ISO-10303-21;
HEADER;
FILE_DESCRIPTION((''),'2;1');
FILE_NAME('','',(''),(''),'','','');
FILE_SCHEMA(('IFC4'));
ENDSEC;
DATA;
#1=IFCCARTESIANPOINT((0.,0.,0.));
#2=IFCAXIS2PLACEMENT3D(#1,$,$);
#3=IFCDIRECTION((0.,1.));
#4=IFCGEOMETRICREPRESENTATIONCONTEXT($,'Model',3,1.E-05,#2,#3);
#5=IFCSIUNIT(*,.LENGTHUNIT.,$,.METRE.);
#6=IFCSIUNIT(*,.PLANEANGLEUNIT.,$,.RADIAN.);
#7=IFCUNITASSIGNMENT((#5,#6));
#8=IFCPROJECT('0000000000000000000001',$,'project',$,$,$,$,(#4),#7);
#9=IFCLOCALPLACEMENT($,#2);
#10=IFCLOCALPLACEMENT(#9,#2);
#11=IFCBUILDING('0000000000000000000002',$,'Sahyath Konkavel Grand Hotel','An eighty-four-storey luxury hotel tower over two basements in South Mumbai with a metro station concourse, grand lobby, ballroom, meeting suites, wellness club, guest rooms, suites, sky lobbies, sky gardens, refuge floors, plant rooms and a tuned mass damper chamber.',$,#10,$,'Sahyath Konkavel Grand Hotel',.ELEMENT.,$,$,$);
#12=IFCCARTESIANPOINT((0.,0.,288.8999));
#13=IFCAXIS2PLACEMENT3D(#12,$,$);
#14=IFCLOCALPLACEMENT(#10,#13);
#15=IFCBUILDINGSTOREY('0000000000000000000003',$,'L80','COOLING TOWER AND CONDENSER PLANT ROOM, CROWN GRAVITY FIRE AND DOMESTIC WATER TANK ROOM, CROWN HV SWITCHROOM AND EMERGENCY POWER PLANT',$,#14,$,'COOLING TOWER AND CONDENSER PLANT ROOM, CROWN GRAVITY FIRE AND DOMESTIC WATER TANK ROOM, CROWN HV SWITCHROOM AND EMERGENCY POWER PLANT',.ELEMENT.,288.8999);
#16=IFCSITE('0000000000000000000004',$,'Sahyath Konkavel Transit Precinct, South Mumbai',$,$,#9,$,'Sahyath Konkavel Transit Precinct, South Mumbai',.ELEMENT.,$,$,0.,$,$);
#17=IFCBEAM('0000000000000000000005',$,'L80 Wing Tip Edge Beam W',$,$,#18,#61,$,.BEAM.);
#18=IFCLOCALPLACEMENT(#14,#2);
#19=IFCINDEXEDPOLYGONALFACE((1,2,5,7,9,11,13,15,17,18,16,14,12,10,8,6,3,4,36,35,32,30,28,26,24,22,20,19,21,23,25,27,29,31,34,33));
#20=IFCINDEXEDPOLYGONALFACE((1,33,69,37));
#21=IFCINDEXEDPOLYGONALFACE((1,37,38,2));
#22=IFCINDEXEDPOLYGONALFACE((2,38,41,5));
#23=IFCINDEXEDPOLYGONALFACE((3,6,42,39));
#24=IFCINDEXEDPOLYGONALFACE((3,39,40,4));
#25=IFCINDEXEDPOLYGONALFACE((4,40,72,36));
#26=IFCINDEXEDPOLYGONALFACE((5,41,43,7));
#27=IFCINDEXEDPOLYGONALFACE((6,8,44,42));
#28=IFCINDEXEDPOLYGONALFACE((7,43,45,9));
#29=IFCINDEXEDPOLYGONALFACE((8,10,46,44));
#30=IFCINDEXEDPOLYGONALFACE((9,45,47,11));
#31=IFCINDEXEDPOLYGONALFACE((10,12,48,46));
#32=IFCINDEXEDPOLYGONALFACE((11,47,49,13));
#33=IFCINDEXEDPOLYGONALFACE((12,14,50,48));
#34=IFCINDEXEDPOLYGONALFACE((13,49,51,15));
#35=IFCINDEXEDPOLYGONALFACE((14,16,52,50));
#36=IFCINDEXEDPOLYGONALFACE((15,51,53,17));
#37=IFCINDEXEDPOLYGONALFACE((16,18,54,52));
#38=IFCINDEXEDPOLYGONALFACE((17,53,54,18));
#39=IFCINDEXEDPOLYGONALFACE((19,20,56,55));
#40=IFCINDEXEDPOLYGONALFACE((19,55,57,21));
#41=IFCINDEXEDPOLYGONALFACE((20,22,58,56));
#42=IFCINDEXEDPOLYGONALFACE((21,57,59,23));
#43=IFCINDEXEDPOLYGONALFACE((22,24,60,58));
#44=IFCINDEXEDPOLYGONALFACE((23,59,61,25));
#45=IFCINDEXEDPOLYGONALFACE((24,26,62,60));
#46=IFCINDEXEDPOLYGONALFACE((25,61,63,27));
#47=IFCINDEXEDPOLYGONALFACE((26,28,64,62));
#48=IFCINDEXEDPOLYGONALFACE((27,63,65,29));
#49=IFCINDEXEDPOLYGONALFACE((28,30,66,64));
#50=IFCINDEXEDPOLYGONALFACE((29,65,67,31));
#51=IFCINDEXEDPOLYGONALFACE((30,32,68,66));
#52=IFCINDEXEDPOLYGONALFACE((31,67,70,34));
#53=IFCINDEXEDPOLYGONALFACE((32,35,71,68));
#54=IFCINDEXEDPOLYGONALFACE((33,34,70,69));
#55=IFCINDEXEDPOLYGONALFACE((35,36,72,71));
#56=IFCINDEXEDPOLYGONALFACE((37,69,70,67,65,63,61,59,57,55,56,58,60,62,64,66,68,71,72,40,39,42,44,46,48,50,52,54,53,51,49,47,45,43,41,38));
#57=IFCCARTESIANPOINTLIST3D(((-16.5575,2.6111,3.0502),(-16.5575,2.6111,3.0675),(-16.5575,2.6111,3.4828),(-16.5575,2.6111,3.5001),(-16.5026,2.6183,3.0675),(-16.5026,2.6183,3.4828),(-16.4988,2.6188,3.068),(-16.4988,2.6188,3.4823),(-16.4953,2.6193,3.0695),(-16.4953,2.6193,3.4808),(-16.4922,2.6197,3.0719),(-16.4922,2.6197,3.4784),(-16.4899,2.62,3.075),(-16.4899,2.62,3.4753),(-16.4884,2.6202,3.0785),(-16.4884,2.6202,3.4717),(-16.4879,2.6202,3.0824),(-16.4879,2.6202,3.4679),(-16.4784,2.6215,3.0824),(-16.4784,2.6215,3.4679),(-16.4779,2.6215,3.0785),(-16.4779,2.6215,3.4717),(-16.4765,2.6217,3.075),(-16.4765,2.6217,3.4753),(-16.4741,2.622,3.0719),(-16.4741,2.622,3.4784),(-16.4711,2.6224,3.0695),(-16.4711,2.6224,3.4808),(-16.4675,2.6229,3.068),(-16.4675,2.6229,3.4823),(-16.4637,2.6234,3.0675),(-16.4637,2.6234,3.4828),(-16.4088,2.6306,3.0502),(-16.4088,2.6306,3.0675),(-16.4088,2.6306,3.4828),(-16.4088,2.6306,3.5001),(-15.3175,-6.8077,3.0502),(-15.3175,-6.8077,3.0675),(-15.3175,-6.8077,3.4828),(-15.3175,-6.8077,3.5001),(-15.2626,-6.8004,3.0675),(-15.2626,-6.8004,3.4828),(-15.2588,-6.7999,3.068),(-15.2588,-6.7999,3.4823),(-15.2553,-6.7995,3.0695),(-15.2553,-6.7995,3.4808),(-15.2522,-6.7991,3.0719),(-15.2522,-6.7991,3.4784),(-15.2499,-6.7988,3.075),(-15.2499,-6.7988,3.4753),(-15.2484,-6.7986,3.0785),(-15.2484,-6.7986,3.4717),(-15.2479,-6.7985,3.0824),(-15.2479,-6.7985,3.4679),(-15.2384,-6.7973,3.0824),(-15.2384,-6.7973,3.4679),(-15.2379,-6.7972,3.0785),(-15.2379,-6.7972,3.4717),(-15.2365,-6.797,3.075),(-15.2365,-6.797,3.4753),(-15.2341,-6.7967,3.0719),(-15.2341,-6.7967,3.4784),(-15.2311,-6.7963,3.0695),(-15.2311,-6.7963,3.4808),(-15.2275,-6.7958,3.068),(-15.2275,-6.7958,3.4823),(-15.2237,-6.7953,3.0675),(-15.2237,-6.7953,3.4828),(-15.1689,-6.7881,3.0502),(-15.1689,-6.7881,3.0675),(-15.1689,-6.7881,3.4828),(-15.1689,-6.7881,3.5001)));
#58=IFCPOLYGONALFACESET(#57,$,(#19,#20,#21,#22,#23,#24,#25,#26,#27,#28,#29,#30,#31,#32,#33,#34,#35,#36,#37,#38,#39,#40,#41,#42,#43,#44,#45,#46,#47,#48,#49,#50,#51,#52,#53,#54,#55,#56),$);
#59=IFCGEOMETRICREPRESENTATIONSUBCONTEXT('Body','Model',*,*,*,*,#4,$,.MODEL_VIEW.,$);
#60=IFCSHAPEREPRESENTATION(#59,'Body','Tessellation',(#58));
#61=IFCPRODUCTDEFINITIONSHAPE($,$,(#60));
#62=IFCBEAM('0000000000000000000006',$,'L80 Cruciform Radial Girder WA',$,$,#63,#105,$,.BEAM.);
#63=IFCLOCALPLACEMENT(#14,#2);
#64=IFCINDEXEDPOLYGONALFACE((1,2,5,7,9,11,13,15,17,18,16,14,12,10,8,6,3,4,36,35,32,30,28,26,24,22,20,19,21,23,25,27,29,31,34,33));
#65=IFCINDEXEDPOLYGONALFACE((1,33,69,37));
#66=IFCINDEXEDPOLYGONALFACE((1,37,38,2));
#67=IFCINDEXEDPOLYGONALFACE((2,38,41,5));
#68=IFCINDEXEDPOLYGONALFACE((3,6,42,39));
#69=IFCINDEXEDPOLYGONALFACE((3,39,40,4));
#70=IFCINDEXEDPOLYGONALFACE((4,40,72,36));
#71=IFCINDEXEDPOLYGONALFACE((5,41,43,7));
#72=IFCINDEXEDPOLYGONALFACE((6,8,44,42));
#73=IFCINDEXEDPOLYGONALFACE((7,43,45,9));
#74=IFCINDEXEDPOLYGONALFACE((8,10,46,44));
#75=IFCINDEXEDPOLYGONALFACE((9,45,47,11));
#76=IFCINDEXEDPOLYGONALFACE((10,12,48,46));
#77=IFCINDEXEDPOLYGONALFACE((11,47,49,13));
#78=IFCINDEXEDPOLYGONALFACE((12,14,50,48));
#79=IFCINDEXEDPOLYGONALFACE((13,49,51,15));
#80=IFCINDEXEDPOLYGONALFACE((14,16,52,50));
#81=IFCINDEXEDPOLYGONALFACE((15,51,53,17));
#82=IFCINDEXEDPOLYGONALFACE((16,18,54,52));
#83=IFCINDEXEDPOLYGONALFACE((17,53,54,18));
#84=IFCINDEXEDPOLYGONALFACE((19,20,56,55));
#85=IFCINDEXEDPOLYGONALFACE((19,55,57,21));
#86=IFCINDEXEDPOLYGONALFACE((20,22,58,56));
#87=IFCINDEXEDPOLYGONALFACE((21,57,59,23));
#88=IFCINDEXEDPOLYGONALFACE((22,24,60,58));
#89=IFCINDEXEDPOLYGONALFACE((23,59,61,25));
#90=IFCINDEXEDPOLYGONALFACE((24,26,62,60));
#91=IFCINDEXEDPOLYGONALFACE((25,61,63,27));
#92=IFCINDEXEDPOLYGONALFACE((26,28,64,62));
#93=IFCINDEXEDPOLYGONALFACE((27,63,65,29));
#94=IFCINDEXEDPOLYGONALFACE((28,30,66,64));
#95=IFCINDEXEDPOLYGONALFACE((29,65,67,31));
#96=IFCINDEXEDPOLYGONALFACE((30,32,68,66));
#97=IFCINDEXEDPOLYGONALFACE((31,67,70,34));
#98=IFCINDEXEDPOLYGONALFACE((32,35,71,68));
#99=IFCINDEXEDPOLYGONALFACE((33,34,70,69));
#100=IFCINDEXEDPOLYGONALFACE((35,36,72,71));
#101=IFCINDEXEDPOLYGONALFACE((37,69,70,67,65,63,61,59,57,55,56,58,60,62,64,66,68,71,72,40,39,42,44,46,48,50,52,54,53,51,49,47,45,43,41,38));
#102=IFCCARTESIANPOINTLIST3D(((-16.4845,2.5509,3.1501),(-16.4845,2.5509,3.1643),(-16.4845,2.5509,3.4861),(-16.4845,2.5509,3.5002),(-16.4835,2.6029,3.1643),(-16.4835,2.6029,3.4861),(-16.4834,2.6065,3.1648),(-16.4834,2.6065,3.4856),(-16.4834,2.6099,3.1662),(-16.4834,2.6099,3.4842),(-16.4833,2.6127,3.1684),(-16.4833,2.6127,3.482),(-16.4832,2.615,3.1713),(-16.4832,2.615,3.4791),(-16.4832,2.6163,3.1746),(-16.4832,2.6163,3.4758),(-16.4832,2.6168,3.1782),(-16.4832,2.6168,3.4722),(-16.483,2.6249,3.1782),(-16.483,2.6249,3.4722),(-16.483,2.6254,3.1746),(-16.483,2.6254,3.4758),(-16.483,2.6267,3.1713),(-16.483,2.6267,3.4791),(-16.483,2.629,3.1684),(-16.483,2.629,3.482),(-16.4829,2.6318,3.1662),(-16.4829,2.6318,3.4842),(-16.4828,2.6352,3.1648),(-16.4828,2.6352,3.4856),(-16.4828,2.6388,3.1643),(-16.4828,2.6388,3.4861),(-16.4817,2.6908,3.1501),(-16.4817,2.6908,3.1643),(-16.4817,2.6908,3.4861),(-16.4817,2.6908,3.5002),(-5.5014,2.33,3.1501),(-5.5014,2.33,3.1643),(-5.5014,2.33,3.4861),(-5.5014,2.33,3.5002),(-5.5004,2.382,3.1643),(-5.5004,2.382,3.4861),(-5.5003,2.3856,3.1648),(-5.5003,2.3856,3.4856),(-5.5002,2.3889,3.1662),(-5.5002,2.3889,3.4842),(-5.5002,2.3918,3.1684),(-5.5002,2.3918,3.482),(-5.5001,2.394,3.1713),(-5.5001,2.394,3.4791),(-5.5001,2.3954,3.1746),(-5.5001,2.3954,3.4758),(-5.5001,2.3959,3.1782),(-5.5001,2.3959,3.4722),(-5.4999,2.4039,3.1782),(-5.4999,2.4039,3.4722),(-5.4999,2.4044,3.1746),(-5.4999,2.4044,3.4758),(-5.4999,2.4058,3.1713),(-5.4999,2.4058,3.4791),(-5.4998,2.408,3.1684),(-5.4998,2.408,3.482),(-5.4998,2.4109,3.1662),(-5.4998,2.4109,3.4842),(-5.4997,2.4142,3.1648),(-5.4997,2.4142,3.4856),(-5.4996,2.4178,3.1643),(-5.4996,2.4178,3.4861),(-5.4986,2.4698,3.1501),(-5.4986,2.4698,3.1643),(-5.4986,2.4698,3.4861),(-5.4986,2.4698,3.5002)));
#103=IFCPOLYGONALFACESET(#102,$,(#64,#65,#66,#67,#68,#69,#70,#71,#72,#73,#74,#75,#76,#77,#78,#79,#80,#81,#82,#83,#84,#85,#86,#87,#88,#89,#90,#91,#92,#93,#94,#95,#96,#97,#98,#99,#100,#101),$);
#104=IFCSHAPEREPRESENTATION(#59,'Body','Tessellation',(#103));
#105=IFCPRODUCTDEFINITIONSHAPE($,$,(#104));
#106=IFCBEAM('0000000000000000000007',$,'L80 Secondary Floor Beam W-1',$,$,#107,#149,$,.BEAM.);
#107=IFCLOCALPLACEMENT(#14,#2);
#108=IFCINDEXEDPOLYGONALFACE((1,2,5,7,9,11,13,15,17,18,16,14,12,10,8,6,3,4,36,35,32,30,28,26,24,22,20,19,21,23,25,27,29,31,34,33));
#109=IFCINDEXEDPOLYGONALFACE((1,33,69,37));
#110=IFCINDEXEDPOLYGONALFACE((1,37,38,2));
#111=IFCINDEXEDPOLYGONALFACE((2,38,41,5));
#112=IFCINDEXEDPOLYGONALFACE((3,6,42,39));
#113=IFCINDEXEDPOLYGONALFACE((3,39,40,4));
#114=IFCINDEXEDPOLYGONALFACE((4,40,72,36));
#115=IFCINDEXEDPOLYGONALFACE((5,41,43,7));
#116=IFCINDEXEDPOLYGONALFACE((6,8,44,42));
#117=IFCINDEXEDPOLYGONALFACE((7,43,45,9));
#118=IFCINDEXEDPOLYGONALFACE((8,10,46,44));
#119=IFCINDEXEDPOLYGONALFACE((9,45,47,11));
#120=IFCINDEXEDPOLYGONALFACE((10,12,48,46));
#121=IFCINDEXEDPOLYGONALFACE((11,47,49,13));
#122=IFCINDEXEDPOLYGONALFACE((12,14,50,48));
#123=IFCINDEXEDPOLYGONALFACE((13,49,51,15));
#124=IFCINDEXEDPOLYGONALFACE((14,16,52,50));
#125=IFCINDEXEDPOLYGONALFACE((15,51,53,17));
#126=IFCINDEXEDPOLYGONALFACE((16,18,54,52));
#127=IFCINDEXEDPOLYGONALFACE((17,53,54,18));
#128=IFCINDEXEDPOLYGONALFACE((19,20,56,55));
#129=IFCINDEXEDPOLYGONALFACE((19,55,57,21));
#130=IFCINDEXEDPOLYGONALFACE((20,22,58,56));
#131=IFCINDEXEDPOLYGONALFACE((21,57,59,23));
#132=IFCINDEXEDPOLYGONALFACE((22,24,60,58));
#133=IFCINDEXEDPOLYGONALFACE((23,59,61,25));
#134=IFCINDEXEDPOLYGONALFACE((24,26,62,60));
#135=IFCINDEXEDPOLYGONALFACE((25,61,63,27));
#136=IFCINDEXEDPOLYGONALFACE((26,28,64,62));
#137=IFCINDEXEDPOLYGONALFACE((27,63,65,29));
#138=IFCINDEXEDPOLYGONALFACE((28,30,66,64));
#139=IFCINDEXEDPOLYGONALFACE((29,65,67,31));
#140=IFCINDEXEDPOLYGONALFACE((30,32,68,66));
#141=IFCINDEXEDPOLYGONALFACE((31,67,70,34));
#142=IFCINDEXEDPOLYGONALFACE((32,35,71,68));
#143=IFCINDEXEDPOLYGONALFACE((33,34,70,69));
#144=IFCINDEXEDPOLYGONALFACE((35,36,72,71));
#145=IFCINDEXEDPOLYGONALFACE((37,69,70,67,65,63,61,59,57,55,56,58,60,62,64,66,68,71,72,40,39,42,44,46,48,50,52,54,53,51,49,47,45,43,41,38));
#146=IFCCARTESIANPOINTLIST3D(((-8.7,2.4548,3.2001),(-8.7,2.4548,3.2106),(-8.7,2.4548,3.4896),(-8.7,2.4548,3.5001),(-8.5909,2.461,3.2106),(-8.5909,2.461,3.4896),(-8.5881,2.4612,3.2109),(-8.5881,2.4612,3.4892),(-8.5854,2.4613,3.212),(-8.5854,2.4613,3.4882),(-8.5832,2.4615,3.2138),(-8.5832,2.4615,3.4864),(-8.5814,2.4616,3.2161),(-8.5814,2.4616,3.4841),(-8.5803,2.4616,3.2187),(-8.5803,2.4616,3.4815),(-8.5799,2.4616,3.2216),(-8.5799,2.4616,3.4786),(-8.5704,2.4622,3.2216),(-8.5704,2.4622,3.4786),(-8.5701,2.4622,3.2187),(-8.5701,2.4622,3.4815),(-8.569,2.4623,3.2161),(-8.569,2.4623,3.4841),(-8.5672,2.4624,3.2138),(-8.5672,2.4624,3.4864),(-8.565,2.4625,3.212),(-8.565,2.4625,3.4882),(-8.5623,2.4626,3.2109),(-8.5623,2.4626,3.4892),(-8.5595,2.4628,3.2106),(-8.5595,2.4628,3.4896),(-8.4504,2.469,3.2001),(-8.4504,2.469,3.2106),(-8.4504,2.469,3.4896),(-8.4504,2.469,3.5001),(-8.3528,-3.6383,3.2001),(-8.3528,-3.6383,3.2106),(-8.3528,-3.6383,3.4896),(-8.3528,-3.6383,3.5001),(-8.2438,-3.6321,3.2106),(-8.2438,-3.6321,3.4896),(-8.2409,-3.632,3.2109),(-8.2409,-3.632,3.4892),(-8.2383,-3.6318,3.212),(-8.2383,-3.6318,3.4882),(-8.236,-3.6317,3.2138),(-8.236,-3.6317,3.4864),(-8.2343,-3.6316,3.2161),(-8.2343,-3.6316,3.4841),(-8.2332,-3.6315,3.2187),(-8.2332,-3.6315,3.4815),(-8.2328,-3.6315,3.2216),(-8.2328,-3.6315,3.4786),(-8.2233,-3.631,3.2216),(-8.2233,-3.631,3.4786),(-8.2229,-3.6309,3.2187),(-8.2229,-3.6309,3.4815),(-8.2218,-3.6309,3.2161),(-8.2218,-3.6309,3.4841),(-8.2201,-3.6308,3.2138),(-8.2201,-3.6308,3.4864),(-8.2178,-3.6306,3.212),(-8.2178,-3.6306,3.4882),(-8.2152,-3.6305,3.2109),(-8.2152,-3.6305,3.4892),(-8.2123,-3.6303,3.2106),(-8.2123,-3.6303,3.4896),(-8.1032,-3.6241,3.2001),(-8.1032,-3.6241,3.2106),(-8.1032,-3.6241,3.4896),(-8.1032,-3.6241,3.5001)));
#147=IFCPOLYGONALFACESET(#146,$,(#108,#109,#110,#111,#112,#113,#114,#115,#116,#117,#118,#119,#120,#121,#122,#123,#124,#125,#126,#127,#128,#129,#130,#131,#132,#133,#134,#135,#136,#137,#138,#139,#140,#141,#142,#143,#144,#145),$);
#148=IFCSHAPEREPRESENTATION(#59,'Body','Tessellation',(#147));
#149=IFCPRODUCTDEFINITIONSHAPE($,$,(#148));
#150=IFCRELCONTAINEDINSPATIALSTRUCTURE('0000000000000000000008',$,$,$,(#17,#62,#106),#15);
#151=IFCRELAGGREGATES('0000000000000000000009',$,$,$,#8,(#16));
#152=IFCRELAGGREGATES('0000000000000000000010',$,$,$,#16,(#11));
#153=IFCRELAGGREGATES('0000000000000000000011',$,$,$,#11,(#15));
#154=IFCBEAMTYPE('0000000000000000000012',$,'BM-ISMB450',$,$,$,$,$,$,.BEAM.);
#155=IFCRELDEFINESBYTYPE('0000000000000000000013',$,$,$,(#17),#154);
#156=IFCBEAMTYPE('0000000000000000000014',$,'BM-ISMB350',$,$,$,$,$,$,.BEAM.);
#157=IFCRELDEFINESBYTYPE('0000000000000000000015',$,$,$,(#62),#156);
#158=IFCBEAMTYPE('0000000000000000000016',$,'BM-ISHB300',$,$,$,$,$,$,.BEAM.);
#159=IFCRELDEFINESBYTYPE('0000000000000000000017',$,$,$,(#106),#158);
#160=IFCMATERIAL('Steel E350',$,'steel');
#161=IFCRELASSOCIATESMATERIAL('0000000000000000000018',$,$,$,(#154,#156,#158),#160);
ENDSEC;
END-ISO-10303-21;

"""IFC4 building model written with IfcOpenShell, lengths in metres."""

from ifc_helpers import new_model, si_unit, direction, frame, origin, origin_2d, place, context, subcontext, project, spatial, i_section, extrude, source, transform, mapped, material, material_profile, profile_set, type_object, element, save


model = new_model("IFC4")

# Units and contexts
model_context = context("Model", 3, precision=1e-05, world=origin(), true_north=direction((0.0, 1.0)))
body_context = subcontext(model_context, "Body", "Model", "MODEL_VIEW")
ifc_project = project(units=[si_unit("LENGTHUNIT", "METRE"), si_unit("PLANEANGLEUNIT", "RADIAN")], contexts=[model_context])

# Site, building, storey
site_placement = place(None, origin())
site = spatial("IfcSite", under=ifc_project, at=site_placement, Name="Sahyath Konkavel Transit Precinct, South Mumbai", LongName="Sahyath Konkavel Transit Precinct, South Mumbai", CompositionType="ELEMENT", RefElevation=0.0)
building_placement = place(site_placement, origin())
building = spatial("IfcBuilding", under=site, at=building_placement, Name="Sahyath Konkavel Grand Hotel", Description="An eighty-four-storey luxury hotel tower over two basements in South Mumbai with a metro station concourse, grand lobby, ballroom, meeting suites, wellness club, guest rooms, suites, sky lobbies, sky gardens, refuge floors, plant rooms and a tuned mass damper chamber.", LongName="Sahyath Konkavel Grand Hotel", CompositionType="ELEMENT")
storey_placement = place(building_placement, frame((0.0, 0.0, 288.8999)))
storey = spatial("IfcBuildingStorey", under=building, at=storey_placement, Name="L80", Description="COOLING TOWER AND CONDENSER PLANT ROOM, CROWN GRAVITY FIRE AND DOMESTIC WATER TANK ROOM, CROWN HV SWITCHROOM AND EMERGENCY POWER PLANT", LongName="COOLING TOWER AND CONDENSER PLANT ROOM, CROWN GRAVITY FIRE AND DOMESTIC WATER TANK ROOM, CROWN HV SWITCHROOM AND EMERGENCY POWER PLANT", CompositionType="ELEMENT", Elevation=288.8999)

# Beams
ifc_material_1 = material(Name="Steel E350", Category="steel")
ifc_material_profile_1 = material_profile(ifc_material_1, i_section(OverallWidth=0.1499, OverallDepth=0.45, WebThickness=0.0095, FlangeThickness=0.0173, FilletRadius=0.0149, at=origin_2d()), Name="ISMB 450")
ifc_profile_set_1 = profile_set([ifc_material_profile_1], Name="Steel E350")
beam_type_1 = type_object("IfcBeamType", Name="BM-ISMB450", PredefinedType="BEAM", material=ifc_profile_set_1)
shared_shape_1 = source(origin(), body_context, "Body", "SweptSolid", [
    extrude(i_section(OverallWidth=0.1499, OverallDepth=0.45, WebThickness=0.0095, FlangeThickness=0.0173, FilletRadius=0.0149, at=origin_2d()), origin(), (0.0, 0.0, 1.0), 9.5),
])
beam_1_placement = place(storey_placement, frame((-16.4832, 2.6208, 3.2751), z_axis=(0.130526, -0.991445, 0.0), x_axis=(0.991445, 0.130526, 0.0)))
element("IfcBeam", 1, at=beam_1_placement, inside=storey, type_object=beam_type_1, Name="L80 Wing Tip Edge Beam W", PredefinedType="BEAM", context=body_context, shape_type="MappedRepresentation", body=[
    mapped(shared_shape_1, transform((0.0, 0.0, 0.0), scale=1.0)),
])
ifc_material_profile_2 = material_profile(ifc_material_1, i_section(OverallWidth=0.1399, OverallDepth=0.3501, WebThickness=0.0081, FlangeThickness=0.0142, FilletRadius=0.0139, at=origin_2d()), Name="ISMB 350")
ifc_profile_set_2 = profile_set([ifc_material_profile_2], Name="Steel E350")
beam_type_2 = type_object("IfcBeamType", Name="BM-ISMB350", PredefinedType="BEAM", material=ifc_profile_set_2)
shared_shape_2 = source(origin(), body_context, "Body", "SweptSolid", [
    extrude(i_section(OverallWidth=0.1399, OverallDepth=0.3501, WebThickness=0.0081, FlangeThickness=0.0142, FilletRadius=0.0139, at=origin_2d()), origin(), (0.0, 0.0, 1.0), 10.9854),
])
beam_2_placement = place(storey_placement, frame((-5.5, 2.3999, 3.3252), z_axis=(-0.999798, 0.020113, 0.0), x_axis=(-0.020113, -0.999798, 0.0)))
element("IfcBeam", 2, at=beam_2_placement, inside=storey, type_object=beam_type_2, Name="L80 Cruciform Radial Girder WA", PredefinedType="BEAM", context=body_context, shape_type="MappedRepresentation", body=[
    mapped(shared_shape_2, transform((0.0, 0.0, 0.0), scale=1.0)),
])
ifc_material_profile_3 = material_profile(ifc_material_1, i_section(OverallWidth=0.25, OverallDepth=0.3, WebThickness=0.0095, FlangeThickness=0.0105, FilletRadius=0.011, at=origin_2d()), Name="ISHB 300")
ifc_profile_set_3 = profile_set([ifc_material_profile_3], Name="Steel E350")
beam_type_3 = type_object("IfcBeamType", Name="BM-ISHB300", PredefinedType="BEAM", material=ifc_profile_set_3)
shared_shape_3 = source(origin(), body_context, "Body", "SweptSolid", [
    extrude(i_section(OverallWidth=0.25, OverallDepth=0.3, WebThickness=0.0095, FlangeThickness=0.0105, FilletRadius=0.011, at=origin_2d()), origin(), (0.0, 0.0, 1.0), 6.103),
])
beam_3_placement = place(storey_placement, frame((-8.5752, 2.4619, 3.3501), z_axis=(0.056883, -0.998381, 0.0), x_axis=(0.998381, 0.056883, 0.0)))
element("IfcBeam", 3, at=beam_3_placement, inside=storey, type_object=beam_type_3, Name="L80 Secondary Floor Beam W-1", PredefinedType="BEAM", context=body_context, shape_type="MappedRepresentation", body=[
    mapped(shared_shape_3, transform((0.0, 0.0, 0.0), scale=1.0)),
])

save(model, "model.ifc")
